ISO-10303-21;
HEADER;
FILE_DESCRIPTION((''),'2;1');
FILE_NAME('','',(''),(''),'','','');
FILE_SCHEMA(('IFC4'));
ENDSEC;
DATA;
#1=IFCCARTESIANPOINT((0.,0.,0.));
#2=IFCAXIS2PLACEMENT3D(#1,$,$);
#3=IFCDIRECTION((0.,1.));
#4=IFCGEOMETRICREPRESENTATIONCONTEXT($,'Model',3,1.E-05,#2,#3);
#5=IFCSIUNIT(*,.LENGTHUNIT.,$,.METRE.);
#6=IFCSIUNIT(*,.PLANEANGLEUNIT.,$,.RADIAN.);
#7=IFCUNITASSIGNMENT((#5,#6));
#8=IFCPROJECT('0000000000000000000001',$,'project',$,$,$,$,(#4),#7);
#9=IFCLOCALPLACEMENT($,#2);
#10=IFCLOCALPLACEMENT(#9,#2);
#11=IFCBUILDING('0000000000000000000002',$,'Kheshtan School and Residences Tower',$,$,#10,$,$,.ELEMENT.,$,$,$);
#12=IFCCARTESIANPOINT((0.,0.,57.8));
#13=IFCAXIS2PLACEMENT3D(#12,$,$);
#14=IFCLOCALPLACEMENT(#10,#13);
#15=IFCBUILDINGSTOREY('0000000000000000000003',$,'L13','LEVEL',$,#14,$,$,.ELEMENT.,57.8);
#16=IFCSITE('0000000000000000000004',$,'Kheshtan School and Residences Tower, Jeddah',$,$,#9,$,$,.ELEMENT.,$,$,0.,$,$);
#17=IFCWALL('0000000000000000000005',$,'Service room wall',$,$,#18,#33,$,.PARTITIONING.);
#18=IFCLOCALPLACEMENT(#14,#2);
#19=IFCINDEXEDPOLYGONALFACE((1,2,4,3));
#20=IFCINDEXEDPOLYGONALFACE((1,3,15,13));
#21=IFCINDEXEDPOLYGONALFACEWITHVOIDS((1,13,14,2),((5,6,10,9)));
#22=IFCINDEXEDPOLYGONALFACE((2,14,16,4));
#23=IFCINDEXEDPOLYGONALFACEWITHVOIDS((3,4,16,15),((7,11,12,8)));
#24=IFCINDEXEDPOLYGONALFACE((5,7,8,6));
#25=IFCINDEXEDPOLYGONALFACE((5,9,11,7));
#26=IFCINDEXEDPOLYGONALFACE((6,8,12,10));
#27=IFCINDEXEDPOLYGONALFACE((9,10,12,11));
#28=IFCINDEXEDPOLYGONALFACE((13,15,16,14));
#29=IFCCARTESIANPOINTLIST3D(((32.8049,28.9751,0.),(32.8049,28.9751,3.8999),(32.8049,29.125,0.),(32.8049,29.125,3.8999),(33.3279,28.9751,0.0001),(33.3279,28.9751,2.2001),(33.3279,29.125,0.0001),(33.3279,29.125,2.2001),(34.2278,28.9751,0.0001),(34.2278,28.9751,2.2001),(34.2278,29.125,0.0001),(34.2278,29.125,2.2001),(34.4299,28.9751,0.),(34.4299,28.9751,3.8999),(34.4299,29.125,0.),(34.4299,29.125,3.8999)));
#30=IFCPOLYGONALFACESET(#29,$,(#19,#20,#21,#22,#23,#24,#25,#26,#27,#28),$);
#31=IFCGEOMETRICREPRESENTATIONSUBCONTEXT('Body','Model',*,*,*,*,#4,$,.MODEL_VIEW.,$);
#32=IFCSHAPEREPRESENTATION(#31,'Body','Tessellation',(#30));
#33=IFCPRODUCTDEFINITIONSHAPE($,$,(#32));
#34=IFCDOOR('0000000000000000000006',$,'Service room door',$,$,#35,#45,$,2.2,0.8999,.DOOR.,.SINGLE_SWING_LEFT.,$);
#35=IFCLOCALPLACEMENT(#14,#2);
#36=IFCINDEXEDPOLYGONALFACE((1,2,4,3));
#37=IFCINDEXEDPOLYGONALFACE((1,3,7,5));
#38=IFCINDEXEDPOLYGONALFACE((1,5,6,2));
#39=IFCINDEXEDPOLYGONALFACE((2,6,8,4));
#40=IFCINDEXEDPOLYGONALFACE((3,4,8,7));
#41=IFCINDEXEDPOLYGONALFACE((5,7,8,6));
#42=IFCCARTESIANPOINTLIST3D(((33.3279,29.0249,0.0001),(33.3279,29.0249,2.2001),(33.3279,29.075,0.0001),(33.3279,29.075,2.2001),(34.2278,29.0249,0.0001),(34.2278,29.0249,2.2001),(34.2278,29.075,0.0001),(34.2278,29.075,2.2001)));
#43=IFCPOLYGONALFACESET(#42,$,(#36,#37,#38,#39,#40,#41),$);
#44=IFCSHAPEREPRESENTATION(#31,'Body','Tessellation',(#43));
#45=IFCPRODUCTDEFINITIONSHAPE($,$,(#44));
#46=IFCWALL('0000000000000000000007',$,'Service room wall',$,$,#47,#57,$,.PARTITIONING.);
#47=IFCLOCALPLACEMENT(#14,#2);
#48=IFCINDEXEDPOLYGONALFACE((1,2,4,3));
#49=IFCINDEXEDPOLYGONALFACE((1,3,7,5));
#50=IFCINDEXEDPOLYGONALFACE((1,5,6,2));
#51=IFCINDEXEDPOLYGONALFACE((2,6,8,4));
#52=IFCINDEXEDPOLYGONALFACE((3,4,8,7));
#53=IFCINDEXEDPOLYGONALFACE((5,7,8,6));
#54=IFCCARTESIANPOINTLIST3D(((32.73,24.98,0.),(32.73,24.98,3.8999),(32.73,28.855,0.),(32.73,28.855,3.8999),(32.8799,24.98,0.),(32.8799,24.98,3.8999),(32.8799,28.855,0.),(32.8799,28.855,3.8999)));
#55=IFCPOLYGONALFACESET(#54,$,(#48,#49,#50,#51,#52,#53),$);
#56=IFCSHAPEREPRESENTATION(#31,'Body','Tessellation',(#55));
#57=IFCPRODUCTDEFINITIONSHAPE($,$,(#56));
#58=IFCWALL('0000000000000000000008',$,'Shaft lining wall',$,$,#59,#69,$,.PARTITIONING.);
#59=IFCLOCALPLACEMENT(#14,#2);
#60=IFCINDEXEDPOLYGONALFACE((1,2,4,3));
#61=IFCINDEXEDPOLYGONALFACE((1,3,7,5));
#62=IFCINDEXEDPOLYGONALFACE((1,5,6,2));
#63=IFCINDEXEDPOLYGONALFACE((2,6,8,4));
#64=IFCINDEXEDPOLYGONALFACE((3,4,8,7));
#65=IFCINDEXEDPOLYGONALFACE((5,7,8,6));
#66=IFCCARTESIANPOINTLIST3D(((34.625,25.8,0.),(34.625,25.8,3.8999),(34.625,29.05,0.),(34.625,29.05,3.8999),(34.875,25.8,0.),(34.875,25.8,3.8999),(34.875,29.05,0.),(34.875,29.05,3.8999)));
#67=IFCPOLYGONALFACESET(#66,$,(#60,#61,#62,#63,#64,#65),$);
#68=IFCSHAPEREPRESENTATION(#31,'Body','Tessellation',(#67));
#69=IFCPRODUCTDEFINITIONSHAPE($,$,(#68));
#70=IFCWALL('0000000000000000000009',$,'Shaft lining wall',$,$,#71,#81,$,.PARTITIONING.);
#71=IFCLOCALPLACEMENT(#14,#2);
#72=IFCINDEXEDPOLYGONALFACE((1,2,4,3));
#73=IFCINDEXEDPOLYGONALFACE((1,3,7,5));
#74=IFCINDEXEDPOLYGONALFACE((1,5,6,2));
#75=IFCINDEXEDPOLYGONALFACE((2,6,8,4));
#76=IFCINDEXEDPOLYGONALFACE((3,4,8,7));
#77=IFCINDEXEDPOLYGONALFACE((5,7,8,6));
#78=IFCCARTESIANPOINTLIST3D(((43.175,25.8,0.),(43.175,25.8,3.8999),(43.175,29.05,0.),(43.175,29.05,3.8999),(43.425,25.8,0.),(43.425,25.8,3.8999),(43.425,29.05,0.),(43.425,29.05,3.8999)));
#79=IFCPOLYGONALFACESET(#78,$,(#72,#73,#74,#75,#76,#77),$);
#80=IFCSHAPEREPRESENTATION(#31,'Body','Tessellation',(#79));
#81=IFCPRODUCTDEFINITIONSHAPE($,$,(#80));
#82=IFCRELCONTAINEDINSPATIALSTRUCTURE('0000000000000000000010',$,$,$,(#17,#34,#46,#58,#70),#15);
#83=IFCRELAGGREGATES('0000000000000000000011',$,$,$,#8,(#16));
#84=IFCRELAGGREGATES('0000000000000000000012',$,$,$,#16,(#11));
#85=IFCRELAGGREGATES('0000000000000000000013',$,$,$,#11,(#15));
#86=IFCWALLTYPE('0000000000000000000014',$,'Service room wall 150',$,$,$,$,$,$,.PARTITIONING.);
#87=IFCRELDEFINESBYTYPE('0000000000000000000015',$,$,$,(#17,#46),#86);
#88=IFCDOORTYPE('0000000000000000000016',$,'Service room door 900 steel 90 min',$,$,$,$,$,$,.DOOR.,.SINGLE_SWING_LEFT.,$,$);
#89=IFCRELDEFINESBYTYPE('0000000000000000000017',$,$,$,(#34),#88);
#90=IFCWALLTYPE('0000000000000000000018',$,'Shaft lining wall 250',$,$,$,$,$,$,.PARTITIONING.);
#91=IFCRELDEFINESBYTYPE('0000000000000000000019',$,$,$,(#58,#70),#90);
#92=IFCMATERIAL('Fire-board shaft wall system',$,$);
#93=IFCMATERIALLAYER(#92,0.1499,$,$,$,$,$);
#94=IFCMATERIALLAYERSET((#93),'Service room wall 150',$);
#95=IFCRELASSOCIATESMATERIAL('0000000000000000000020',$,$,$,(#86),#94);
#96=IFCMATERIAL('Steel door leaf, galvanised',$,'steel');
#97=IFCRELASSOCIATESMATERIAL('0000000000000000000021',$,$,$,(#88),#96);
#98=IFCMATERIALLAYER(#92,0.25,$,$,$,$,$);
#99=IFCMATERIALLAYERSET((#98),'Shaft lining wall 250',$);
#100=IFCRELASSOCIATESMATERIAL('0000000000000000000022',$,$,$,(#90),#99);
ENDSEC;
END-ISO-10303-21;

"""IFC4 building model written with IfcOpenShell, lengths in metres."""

from ifc_helpers import new_model, si_unit, direction, frame, frame_2d, origin, place, context, subcontext, project, spatial, rectangle, extrude, source, transform, mapped, material, layer, layer_set, type_object, element, fill, save


model = new_model("IFC4")

# Units and contexts
model_context = context("Model", 3, precision=1e-05, world=origin(), true_north=direction((0.0, 1.0)))
body_context = subcontext(model_context, "Body", "Model", "MODEL_VIEW")
ifc_project = project(units=[si_unit("LENGTHUNIT", "METRE"), si_unit("PLANEANGLEUNIT", "RADIAN")], contexts=[model_context])

# Site, building, storey
site_placement = place(None, origin())
site = spatial("IfcSite", under=ifc_project, at=site_placement, Name="Kheshtan School and Residences Tower, Jeddah", CompositionType="ELEMENT", RefElevation=0.0)
building_placement = place(site_placement, origin())
building = spatial("IfcBuilding", under=site, at=building_placement, Name="Kheshtan School and Residences Tower", CompositionType="ELEMENT")
storey_placement = place(building_placement, frame((0.0, 0.0, 57.8)))
storey = spatial("IfcBuildingStorey", under=building, at=storey_placement, Name="L13", Description="LEVEL", CompositionType="ELEMENT", Elevation=57.8)

# Wall, opening, door
ifc_material_1 = material(Name="Fire-board shaft wall system")
ifc_layer_1 = layer(ifc_material_1, 0.1499)
ifc_layer_set_1 = layer_set([ifc_layer_1], Name="Service room wall 150")
wall_type_1 = type_object("IfcWallType", Name="Service room wall 150", PredefinedType="PARTITIONING", material=ifc_layer_set_1)
wall_1_placement = place(storey_placement, frame((32.8049, 29.05, 0.0), z_axis=(0.0, 0.0, 1.0), x_axis=(1.0, 0.0, 0.0)))
wall_1 = element("IfcWall", 1, at=wall_1_placement, inside=storey, type_object=wall_type_1, Name="Service room wall", PredefinedType="PARTITIONING", context=body_context, shape_type="SweptSolid", body=[
    extrude(rectangle(XDim=1.625, YDim=0.1499, at=frame_2d((0.8125, 0.0))), origin(), (0.0, 0.0, 1.0), 3.8999),
])
opening_1_placement = place(wall_1_placement, frame((0.5229, 0.0, 0.0)))
opening_1 = element("IfcOpeningElement", 2, at=opening_1_placement, cuts=wall_1, PredefinedType="OPENING", context=body_context, shape_type="SweptSolid", body=[
    extrude(rectangle(XDim=0.8999, YDim=2.2, at=frame_2d((0.45, 1.1001))), frame((0.0, 0.085, 0.0), z_axis=(0.0, -1.0, 0.0), x_axis=(1.0, 0.0, 0.0)), (0.0, 0.0, 1.0), 0.1699),
])
ifc_material_2 = material(Name="Steel door leaf, galvanised", Category="steel")
door_type_1 = type_object("IfcDoorType", Name="Service room door 900 steel 90 min", OperationType="SINGLE_SWING_LEFT", PredefinedType="DOOR", material=ifc_material_2)
shared_shape_1 = source(origin(), body_context, "Body", "SweptSolid", [
    extrude(rectangle(XDim=0.8999, YDim=2.2, at=frame_2d((0.45, 1.1001))), frame((0.0, 0.0249, 0.0), z_axis=(0.0, -1.0, 0.0), x_axis=(1.0, 0.0, 0.0)), (0.0, 0.0, 1.0), 0.05),
])
door_1_placement = place(opening_1_placement, origin())
door_1 = element("IfcDoor", 3, at=door_1_placement, inside=storey, type_object=door_type_1, Name="Service room door", OperationType="SINGLE_SWING_LEFT", OverallHeight=2.2, OverallWidth=0.8999, PredefinedType="DOOR", context=body_context, shape_type="MappedRepresentation", body=[
    mapped(shared_shape_1, transform((0.0, 0.0, 0.0), x_axis=(1.0, 0.0, 0.0), y_axis=(0.0, 1.0, 0.0), z_axis=(0.0, 0.0, 1.0), scale=1.0)),
])
fill(opening_1, door_1)

# Walls
wall_2_placement = place(storey_placement, frame((32.8049, 24.98, 0.0), z_axis=(0.0, 0.0, 1.0), x_axis=(0.0, 1.0, 0.0)))
element("IfcWall", 4, at=wall_2_placement, inside=storey, type_object=wall_type_1, Name="Service room wall", PredefinedType="PARTITIONING", context=body_context, shape_type="SweptSolid", body=[
    extrude(rectangle(XDim=3.875, YDim=0.1499, at=frame_2d((1.9375, 0.0))), origin(), (0.0, 0.0, 1.0), 3.8999),
])
ifc_layer_2 = layer(ifc_material_1, 0.25)
ifc_layer_set_2 = layer_set([ifc_layer_2], Name="Shaft lining wall 250")
wall_type_2 = type_object("IfcWallType", Name="Shaft lining wall 250", PredefinedType="PARTITIONING", material=ifc_layer_set_2)
for number, where, z_axis, x_axis, name in (
    (5, (34.75, 25.8, 0.0), (0.0, 0.0, 1.0), (0.0, 1.0, 0.0), "Shaft lining wall"),
    (6, (43.3, 25.8, 0.0), (0.0, 0.0, 1.0), (0.0, 1.0, 0.0), "Shaft lining wall"),
):
    element("IfcWall", number, at=place(storey_placement, frame(where, z_axis=z_axis, x_axis=x_axis)), inside=storey, type_object=wall_type_2, Name=name, PredefinedType="PARTITIONING", context=body_context, shape_type="SweptSolid", body=[
        extrude(rectangle(XDim=3.25, YDim=0.25, at=frame_2d((1.625, 0.0))), origin(), (0.0, 0.0, 1.0), 3.8999),
    ])

save(model, "model.ifc")
